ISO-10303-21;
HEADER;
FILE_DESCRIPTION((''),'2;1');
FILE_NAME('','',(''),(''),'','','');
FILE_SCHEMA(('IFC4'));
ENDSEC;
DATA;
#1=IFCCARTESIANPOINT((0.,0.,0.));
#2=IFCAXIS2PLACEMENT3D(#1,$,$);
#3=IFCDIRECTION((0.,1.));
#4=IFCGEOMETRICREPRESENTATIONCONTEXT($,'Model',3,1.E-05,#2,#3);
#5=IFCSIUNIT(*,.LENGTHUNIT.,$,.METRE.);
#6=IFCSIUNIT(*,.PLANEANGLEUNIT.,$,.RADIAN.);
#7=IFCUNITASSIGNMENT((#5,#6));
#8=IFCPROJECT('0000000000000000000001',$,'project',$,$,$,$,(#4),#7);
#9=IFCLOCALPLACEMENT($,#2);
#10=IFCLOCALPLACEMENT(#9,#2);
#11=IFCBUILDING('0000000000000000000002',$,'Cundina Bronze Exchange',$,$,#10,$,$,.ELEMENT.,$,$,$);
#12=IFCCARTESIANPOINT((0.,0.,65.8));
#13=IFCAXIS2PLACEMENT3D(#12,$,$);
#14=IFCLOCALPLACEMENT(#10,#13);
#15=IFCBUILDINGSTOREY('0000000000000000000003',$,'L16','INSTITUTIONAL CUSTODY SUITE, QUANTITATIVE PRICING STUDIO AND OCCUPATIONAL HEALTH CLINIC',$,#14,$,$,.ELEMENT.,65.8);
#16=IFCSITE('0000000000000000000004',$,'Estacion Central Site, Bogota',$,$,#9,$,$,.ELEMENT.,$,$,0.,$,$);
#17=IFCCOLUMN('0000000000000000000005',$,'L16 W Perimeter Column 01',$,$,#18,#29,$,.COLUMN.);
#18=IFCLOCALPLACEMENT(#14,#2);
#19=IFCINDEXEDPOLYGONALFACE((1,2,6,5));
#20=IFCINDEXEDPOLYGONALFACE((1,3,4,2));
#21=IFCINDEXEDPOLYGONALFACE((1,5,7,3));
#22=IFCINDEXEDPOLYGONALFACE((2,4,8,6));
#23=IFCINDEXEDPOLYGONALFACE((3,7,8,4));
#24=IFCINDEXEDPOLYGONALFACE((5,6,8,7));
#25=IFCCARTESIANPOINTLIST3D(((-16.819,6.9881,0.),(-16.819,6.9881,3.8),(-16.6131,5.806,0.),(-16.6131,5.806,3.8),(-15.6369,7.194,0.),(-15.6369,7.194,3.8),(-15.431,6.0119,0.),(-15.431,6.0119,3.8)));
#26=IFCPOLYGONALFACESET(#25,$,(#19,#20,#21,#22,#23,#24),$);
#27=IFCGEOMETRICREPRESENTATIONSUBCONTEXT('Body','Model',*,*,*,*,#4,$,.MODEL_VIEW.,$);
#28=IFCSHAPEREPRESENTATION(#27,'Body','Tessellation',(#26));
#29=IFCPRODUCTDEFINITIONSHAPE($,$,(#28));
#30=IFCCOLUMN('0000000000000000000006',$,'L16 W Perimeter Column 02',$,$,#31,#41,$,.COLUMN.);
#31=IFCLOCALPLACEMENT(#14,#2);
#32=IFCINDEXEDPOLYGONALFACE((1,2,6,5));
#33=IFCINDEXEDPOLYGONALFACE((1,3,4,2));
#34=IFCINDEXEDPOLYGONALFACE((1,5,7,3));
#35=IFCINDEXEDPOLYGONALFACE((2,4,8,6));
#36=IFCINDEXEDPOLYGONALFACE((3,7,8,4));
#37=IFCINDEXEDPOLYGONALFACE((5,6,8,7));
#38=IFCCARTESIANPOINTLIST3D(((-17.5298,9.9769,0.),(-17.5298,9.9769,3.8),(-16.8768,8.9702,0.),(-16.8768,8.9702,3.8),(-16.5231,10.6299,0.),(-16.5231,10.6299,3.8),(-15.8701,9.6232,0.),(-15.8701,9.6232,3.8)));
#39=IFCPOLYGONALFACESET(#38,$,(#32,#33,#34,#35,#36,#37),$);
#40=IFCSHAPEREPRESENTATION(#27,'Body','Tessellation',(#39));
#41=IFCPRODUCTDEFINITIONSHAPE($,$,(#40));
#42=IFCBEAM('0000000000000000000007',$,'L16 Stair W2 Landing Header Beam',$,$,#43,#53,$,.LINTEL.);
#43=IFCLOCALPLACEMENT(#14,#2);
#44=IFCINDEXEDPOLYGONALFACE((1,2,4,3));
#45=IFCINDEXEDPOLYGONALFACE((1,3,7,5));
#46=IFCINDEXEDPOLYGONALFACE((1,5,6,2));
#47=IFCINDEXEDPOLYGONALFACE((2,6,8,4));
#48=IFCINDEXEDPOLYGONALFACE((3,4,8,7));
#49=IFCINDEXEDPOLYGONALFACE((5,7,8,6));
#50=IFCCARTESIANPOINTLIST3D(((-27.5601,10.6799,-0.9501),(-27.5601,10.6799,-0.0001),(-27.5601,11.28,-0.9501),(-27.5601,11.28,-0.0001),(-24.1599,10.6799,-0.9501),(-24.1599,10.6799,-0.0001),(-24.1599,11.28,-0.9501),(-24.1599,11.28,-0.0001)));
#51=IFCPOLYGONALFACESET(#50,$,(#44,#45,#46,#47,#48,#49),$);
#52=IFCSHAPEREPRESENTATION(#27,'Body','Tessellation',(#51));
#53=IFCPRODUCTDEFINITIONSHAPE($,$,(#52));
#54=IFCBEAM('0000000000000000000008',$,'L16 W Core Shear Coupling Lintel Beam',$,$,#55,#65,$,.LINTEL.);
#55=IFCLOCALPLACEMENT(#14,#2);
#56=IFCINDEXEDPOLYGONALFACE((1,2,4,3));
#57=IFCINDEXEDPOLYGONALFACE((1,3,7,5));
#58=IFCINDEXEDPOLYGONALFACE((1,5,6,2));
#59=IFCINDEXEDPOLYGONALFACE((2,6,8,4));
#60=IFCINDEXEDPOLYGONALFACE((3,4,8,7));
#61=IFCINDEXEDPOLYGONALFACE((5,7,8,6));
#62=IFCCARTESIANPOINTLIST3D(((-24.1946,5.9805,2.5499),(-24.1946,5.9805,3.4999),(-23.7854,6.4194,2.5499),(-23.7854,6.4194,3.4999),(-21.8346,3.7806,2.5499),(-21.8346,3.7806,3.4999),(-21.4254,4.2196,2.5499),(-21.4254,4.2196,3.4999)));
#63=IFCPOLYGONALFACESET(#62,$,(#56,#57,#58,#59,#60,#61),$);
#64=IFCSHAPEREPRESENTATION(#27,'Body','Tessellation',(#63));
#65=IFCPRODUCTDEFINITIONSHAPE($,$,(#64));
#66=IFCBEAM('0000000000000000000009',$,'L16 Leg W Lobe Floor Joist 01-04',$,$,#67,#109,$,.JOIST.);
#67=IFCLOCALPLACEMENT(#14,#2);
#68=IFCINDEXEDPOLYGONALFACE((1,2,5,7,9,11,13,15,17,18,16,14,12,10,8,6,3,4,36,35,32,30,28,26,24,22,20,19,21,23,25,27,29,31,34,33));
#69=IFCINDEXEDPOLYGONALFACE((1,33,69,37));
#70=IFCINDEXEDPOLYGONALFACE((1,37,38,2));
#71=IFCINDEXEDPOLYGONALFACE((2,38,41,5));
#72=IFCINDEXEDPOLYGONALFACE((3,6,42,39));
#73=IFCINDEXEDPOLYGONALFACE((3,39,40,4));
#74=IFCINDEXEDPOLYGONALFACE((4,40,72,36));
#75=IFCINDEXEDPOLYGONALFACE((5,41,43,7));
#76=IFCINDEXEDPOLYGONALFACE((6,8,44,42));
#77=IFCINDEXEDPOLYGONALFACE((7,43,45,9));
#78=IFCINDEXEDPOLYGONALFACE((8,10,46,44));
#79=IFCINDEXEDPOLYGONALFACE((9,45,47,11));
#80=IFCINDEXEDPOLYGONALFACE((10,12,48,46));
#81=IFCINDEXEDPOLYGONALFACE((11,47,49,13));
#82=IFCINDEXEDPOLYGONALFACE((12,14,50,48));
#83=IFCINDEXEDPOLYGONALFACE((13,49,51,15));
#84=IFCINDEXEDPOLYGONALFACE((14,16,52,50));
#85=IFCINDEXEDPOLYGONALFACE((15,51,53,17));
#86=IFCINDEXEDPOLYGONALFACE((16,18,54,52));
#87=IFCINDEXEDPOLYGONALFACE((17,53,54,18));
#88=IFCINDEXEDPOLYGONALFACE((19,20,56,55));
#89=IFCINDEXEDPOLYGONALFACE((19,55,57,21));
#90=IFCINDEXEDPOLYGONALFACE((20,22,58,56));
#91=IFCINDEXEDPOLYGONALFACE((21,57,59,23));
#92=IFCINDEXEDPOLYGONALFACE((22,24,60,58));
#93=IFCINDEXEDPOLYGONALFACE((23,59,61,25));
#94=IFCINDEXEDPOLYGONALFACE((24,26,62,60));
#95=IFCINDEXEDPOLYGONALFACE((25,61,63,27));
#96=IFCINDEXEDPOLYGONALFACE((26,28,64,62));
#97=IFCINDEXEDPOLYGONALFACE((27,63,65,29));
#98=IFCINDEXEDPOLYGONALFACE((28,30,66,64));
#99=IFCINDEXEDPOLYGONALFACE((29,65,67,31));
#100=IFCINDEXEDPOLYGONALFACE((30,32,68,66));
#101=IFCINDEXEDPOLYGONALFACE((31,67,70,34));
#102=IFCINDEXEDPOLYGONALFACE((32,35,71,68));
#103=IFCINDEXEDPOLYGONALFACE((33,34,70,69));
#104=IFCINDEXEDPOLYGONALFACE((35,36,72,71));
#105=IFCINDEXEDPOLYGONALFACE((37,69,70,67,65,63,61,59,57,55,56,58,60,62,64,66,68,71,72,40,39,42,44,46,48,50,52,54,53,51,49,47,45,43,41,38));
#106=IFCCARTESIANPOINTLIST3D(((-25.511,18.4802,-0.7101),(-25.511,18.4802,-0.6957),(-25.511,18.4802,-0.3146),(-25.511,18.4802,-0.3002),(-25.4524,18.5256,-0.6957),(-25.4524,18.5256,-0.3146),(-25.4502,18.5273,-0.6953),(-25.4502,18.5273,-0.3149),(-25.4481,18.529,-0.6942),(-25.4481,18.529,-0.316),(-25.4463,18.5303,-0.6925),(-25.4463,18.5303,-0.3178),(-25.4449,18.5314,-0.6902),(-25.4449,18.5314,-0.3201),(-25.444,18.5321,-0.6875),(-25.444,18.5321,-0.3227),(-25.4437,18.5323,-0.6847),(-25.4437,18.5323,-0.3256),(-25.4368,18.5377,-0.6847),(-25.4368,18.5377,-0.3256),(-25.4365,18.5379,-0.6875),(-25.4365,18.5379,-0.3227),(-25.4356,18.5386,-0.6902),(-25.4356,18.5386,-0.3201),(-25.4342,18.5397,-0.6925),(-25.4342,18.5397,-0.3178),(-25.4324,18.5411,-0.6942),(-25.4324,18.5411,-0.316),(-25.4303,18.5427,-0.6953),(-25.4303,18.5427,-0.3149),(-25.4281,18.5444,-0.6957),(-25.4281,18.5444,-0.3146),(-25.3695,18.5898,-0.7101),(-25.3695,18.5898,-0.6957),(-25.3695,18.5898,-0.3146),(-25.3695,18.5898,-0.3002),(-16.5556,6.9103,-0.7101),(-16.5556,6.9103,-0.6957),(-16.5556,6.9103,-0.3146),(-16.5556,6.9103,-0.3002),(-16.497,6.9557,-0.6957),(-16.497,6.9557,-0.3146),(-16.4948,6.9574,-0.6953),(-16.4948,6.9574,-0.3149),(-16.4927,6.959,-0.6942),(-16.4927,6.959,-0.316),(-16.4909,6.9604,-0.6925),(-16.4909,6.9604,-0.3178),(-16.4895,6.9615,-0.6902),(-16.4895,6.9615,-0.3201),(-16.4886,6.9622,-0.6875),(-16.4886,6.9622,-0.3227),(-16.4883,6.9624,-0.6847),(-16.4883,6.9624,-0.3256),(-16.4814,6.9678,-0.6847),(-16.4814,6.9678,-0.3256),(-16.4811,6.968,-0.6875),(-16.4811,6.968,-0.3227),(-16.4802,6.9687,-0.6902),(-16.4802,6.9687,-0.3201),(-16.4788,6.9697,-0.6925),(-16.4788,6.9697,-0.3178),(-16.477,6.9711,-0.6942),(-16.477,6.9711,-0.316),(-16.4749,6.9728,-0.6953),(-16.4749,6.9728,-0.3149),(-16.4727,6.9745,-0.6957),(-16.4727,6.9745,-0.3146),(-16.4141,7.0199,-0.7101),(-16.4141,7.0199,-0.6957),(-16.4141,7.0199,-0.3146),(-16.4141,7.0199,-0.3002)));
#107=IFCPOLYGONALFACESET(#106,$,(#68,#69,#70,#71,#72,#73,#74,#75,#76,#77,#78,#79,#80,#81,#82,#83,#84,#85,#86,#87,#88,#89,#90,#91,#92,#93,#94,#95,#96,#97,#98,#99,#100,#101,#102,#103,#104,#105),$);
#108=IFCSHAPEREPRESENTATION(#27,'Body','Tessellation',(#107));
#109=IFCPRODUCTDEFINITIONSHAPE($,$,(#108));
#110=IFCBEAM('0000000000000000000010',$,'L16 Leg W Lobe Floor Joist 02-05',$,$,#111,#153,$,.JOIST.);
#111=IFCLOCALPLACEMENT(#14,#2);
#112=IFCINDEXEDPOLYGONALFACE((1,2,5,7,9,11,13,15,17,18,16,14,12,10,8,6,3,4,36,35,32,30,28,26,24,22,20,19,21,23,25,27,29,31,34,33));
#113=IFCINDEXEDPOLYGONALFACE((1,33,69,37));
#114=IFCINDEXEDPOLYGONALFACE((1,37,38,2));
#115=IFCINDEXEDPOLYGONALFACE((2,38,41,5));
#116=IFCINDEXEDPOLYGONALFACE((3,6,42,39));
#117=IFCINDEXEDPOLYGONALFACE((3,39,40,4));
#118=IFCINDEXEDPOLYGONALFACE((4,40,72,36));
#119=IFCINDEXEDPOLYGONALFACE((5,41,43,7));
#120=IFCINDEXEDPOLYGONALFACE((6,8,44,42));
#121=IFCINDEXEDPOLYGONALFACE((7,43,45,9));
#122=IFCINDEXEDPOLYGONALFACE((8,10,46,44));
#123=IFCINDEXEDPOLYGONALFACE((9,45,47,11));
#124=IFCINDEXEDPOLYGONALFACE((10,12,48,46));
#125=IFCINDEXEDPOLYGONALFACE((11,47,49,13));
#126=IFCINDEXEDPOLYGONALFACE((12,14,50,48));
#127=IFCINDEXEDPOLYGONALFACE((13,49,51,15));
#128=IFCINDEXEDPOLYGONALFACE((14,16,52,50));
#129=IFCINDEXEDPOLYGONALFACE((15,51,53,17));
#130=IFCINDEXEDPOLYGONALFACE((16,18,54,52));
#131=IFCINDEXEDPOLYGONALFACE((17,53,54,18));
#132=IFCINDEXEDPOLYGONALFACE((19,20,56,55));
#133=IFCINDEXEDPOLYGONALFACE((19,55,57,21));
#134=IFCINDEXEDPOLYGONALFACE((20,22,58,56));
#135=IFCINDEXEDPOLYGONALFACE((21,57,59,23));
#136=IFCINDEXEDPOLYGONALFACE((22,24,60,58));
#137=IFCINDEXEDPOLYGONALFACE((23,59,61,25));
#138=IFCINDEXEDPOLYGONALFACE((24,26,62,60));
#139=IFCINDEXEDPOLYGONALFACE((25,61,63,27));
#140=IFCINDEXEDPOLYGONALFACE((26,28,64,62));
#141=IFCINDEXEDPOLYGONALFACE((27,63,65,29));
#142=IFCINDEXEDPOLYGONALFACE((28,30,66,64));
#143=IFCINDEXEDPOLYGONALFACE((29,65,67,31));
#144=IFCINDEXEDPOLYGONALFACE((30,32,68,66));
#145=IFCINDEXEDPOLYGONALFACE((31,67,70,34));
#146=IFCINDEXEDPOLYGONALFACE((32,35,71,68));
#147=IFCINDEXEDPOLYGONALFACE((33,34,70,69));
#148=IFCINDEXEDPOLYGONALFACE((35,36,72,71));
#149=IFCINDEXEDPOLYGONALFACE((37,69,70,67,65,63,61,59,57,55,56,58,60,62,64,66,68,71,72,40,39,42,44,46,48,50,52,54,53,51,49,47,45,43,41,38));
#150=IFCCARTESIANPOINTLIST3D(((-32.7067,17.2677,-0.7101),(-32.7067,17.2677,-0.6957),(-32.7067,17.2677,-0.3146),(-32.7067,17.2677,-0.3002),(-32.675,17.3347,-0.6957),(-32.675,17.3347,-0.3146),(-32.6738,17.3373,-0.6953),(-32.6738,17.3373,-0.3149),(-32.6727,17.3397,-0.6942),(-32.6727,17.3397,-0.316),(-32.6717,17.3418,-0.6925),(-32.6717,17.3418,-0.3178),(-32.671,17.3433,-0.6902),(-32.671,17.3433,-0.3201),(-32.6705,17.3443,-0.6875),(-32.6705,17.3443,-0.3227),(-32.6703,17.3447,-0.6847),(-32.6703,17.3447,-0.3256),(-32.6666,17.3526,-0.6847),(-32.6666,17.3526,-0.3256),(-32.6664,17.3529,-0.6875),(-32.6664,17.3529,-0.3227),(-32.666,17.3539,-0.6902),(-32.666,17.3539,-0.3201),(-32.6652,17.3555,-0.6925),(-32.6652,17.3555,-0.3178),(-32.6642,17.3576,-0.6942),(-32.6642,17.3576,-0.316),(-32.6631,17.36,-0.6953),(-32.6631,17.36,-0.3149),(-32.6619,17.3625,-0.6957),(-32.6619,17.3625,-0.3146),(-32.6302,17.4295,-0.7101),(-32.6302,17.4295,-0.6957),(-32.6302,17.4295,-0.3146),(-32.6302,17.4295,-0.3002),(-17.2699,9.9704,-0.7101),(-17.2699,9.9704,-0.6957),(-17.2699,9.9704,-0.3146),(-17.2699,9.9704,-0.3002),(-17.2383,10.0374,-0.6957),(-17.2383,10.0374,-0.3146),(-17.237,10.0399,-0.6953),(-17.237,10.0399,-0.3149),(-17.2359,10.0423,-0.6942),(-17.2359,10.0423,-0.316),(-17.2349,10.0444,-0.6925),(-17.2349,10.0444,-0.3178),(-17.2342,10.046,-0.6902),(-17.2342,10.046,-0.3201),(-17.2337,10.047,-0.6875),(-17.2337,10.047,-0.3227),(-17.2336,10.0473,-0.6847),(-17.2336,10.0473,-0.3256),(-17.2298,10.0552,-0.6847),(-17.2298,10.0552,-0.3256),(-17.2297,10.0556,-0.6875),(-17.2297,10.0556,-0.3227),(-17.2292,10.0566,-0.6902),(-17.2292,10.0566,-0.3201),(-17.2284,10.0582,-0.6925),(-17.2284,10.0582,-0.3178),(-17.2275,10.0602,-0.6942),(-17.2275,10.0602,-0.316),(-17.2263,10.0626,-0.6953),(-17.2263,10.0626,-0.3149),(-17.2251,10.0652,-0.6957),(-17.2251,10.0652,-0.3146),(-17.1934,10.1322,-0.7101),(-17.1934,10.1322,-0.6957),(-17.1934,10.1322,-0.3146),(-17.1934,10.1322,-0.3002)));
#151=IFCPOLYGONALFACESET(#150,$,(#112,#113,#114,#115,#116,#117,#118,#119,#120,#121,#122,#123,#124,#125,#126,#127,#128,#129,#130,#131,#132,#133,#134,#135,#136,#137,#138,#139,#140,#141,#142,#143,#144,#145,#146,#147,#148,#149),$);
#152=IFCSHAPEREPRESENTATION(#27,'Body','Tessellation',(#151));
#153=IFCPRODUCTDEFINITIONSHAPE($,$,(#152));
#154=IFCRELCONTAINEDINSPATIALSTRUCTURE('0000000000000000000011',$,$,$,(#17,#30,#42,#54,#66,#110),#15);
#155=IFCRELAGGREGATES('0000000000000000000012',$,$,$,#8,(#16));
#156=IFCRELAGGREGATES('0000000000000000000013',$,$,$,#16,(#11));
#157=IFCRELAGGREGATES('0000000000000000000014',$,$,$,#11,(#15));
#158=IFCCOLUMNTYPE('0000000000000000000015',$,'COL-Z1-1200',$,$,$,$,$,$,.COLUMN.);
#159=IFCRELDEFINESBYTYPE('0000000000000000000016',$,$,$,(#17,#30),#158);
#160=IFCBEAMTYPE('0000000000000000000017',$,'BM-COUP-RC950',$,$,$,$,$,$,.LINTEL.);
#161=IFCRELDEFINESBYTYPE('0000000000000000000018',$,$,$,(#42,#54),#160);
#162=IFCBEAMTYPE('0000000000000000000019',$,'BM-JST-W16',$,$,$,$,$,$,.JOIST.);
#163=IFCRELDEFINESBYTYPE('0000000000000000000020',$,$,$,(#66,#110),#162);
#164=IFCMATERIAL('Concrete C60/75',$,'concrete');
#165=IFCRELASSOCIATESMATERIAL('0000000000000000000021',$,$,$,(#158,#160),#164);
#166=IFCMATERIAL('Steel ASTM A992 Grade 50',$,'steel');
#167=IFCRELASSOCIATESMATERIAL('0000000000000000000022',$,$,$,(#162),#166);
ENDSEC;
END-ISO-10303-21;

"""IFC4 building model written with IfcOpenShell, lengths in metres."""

from ifc_helpers import new_model, si_unit, direction, frame, origin, origin_2d, place, context, subcontext, project, spatial, rectangle, i_section, extrude, material, material_profile, profile_set, type_object, element, save


model = new_model("IFC4")

# Units and contexts
model_context = context("Model", 3, precision=1e-05, world=origin(), true_north=direction((0.0, 1.0)))
body_context = subcontext(model_context, "Body", "Model", "MODEL_VIEW")
ifc_project = project(units=[si_unit("LENGTHUNIT", "METRE"), si_unit("PLANEANGLEUNIT", "RADIAN")], contexts=[model_context])

# Site, building, storey
site_placement = place(None, origin())
site = spatial("IfcSite", under=ifc_project, at=site_placement, Name="Estacion Central Site, Bogota", CompositionType="ELEMENT", RefElevation=0.0)
building_placement = place(site_placement, origin())
building = spatial("IfcBuilding", under=site, at=building_placement, Name="Cundina Bronze Exchange", CompositionType="ELEMENT")
storey_placement = place(building_placement, frame((0.0, 0.0, 65.8)))
storey = spatial("IfcBuildingStorey", under=building, at=storey_placement, Name="L16", Description="INSTITUTIONAL CUSTODY SUITE, QUANTITATIVE PRICING STUDIO AND OCCUPATIONAL HEALTH CLINIC", CompositionType="ELEMENT", Elevation=65.8)

# Columns
ifc_material_1 = material(Name="Concrete C60/75", Category="concrete")
ifc_material_profile_1 = material_profile(ifc_material_1, rectangle(XDim=1.2, YDim=1.2, at=origin_2d()), Name="RC1200X1200", Category="concrete")
ifc_profile_set_1 = profile_set([ifc_material_profile_1], Name="Concrete C60/75")
column_type = type_object("IfcColumnType", Name="COL-Z1-1200", PredefinedType="COLUMN", material=ifc_profile_set_1)
for number, where, z_axis, x_axis, name in (
    (1, (-16.125, 6.5, 0.0), (0.0, 0.0, 1.0), (-0.171585, 0.985169, 0.0), "L16 W Perimeter Column 01"),
    (2, (-16.7, 9.8, 0.0), (0.0, 0.0, 1.0), (-0.5442, 0.838956, 0.0), "L16 W Perimeter Column 02"),
):
    element("IfcColumn", number, at=place(storey_placement, frame(where, z_axis=z_axis, x_axis=x_axis)), inside=storey, type_object=column_type, Name=name, PredefinedType="COLUMN", context=body_context, shape_type="SweptSolid", body=[
        extrude(rectangle(XDim=1.2, YDim=1.2, at=origin_2d()), origin(), (0.0, 0.0, 1.0), 3.8),
    ])

# Beams
ifc_material_profile_2 = material_profile(ifc_material_1, rectangle(XDim=0.6001, YDim=0.95, at=origin_2d()), Name="RC600X950", Category="concrete")
ifc_profile_set_2 = profile_set([ifc_material_profile_2], Name="Concrete C60/75")
beam_type_1 = type_object("IfcBeamType", Name="BM-COUP-RC950", PredefinedType="LINTEL", material=ifc_profile_set_2)
beam_1_placement = place(storey_placement, frame((-27.5601, 10.98, -0.4751), z_axis=(1.0, 0.0, 0.0), x_axis=(0.0, 1.0, 0.0)))
element("IfcBeam", 3, at=beam_1_placement, inside=storey, type_object=beam_type_1, Name="L16 Stair W2 Landing Header Beam", PredefinedType="LINTEL", context=body_context, shape_type="SweptSolid", body=[
    extrude(rectangle(XDim=0.6001, YDim=0.95, at=origin_2d()), origin(), (0.0, 0.0, 1.0), 3.4001),
])
beam_2_placement = place(storey_placement, frame((-23.99, 6.2, 3.0249), z_axis=(0.73149, -0.681852, 0.0), x_axis=(0.681852, 0.73149, 0.0)))
element("IfcBeam", 4, at=beam_2_placement, inside=storey, type_object=beam_type_1, Name="L16 W Core Shear Coupling Lintel Beam", PredefinedType="LINTEL", context=body_context, shape_type="SweptSolid", body=[
    extrude(rectangle(XDim=0.6001, YDim=0.95, at=origin_2d()), origin(), (0.0, 0.0, 1.0), 3.2263),
])
ifc_material_2 = material(Name="Steel ASTM A992 Grade 50", Category="steel")
ifc_material_profile_3 = material_profile(ifc_material_2, i_section(OverallWidth=0.179, OverallDepth=0.4099, WebThickness=0.0088, FlangeThickness=0.0144, FilletRadius=0.011, at=origin_2d()), Name="W16X45", Category="steel")
ifc_profile_set_3 = profile_set([ifc_material_profile_3], Name="Steel ASTM A992 Grade 50")
beam_type_2 = type_object("IfcBeamType", Name="BM-JST-W16", PredefinedType="JOIST", material=ifc_profile_set_3)
beam_3_placement = place(storey_placement, frame((-16.4849, 6.9651, -0.5051), z_axis=(-0.612089, 0.790789, 0.0), x_axis=(-0.790789, -0.612089, 0.0)))
element("IfcBeam", 5, at=beam_3_placement, inside=storey, type_object=beam_type_2, Name="L16 Leg W Lobe Floor Joist 01-04", PredefinedType="JOIST", context=body_context, shape_type="SweptSolid", body=[
    extrude(i_section(OverallWidth=0.179, OverallDepth=0.4099, WebThickness=0.0088, FlangeThickness=0.0144, FilletRadius=0.011, at=origin_2d()), origin(), (0.0, 0.0, 1.0), 14.6309),
])
beam_4_placement = place(storey_placement, frame((-17.2317, 10.0513, -0.5051), z_axis=(-0.904073, 0.427379, 0.0), x_axis=(-0.427379, -0.904073, 0.0)))
element("IfcBeam", 6, at=beam_4_placement, inside=storey, type_object=beam_type_2, Name="L16 Leg W Lobe Floor Joist 02-05", PredefinedType="JOIST", context=body_context, shape_type="SweptSolid", body=[
    extrude(i_section(OverallWidth=0.179, OverallDepth=0.4099, WebThickness=0.0088, FlangeThickness=0.0144, FilletRadius=0.011, at=origin_2d()), origin(), (0.0, 0.0, 1.0), 17.0747),
])

save(model, "model.ifc")
